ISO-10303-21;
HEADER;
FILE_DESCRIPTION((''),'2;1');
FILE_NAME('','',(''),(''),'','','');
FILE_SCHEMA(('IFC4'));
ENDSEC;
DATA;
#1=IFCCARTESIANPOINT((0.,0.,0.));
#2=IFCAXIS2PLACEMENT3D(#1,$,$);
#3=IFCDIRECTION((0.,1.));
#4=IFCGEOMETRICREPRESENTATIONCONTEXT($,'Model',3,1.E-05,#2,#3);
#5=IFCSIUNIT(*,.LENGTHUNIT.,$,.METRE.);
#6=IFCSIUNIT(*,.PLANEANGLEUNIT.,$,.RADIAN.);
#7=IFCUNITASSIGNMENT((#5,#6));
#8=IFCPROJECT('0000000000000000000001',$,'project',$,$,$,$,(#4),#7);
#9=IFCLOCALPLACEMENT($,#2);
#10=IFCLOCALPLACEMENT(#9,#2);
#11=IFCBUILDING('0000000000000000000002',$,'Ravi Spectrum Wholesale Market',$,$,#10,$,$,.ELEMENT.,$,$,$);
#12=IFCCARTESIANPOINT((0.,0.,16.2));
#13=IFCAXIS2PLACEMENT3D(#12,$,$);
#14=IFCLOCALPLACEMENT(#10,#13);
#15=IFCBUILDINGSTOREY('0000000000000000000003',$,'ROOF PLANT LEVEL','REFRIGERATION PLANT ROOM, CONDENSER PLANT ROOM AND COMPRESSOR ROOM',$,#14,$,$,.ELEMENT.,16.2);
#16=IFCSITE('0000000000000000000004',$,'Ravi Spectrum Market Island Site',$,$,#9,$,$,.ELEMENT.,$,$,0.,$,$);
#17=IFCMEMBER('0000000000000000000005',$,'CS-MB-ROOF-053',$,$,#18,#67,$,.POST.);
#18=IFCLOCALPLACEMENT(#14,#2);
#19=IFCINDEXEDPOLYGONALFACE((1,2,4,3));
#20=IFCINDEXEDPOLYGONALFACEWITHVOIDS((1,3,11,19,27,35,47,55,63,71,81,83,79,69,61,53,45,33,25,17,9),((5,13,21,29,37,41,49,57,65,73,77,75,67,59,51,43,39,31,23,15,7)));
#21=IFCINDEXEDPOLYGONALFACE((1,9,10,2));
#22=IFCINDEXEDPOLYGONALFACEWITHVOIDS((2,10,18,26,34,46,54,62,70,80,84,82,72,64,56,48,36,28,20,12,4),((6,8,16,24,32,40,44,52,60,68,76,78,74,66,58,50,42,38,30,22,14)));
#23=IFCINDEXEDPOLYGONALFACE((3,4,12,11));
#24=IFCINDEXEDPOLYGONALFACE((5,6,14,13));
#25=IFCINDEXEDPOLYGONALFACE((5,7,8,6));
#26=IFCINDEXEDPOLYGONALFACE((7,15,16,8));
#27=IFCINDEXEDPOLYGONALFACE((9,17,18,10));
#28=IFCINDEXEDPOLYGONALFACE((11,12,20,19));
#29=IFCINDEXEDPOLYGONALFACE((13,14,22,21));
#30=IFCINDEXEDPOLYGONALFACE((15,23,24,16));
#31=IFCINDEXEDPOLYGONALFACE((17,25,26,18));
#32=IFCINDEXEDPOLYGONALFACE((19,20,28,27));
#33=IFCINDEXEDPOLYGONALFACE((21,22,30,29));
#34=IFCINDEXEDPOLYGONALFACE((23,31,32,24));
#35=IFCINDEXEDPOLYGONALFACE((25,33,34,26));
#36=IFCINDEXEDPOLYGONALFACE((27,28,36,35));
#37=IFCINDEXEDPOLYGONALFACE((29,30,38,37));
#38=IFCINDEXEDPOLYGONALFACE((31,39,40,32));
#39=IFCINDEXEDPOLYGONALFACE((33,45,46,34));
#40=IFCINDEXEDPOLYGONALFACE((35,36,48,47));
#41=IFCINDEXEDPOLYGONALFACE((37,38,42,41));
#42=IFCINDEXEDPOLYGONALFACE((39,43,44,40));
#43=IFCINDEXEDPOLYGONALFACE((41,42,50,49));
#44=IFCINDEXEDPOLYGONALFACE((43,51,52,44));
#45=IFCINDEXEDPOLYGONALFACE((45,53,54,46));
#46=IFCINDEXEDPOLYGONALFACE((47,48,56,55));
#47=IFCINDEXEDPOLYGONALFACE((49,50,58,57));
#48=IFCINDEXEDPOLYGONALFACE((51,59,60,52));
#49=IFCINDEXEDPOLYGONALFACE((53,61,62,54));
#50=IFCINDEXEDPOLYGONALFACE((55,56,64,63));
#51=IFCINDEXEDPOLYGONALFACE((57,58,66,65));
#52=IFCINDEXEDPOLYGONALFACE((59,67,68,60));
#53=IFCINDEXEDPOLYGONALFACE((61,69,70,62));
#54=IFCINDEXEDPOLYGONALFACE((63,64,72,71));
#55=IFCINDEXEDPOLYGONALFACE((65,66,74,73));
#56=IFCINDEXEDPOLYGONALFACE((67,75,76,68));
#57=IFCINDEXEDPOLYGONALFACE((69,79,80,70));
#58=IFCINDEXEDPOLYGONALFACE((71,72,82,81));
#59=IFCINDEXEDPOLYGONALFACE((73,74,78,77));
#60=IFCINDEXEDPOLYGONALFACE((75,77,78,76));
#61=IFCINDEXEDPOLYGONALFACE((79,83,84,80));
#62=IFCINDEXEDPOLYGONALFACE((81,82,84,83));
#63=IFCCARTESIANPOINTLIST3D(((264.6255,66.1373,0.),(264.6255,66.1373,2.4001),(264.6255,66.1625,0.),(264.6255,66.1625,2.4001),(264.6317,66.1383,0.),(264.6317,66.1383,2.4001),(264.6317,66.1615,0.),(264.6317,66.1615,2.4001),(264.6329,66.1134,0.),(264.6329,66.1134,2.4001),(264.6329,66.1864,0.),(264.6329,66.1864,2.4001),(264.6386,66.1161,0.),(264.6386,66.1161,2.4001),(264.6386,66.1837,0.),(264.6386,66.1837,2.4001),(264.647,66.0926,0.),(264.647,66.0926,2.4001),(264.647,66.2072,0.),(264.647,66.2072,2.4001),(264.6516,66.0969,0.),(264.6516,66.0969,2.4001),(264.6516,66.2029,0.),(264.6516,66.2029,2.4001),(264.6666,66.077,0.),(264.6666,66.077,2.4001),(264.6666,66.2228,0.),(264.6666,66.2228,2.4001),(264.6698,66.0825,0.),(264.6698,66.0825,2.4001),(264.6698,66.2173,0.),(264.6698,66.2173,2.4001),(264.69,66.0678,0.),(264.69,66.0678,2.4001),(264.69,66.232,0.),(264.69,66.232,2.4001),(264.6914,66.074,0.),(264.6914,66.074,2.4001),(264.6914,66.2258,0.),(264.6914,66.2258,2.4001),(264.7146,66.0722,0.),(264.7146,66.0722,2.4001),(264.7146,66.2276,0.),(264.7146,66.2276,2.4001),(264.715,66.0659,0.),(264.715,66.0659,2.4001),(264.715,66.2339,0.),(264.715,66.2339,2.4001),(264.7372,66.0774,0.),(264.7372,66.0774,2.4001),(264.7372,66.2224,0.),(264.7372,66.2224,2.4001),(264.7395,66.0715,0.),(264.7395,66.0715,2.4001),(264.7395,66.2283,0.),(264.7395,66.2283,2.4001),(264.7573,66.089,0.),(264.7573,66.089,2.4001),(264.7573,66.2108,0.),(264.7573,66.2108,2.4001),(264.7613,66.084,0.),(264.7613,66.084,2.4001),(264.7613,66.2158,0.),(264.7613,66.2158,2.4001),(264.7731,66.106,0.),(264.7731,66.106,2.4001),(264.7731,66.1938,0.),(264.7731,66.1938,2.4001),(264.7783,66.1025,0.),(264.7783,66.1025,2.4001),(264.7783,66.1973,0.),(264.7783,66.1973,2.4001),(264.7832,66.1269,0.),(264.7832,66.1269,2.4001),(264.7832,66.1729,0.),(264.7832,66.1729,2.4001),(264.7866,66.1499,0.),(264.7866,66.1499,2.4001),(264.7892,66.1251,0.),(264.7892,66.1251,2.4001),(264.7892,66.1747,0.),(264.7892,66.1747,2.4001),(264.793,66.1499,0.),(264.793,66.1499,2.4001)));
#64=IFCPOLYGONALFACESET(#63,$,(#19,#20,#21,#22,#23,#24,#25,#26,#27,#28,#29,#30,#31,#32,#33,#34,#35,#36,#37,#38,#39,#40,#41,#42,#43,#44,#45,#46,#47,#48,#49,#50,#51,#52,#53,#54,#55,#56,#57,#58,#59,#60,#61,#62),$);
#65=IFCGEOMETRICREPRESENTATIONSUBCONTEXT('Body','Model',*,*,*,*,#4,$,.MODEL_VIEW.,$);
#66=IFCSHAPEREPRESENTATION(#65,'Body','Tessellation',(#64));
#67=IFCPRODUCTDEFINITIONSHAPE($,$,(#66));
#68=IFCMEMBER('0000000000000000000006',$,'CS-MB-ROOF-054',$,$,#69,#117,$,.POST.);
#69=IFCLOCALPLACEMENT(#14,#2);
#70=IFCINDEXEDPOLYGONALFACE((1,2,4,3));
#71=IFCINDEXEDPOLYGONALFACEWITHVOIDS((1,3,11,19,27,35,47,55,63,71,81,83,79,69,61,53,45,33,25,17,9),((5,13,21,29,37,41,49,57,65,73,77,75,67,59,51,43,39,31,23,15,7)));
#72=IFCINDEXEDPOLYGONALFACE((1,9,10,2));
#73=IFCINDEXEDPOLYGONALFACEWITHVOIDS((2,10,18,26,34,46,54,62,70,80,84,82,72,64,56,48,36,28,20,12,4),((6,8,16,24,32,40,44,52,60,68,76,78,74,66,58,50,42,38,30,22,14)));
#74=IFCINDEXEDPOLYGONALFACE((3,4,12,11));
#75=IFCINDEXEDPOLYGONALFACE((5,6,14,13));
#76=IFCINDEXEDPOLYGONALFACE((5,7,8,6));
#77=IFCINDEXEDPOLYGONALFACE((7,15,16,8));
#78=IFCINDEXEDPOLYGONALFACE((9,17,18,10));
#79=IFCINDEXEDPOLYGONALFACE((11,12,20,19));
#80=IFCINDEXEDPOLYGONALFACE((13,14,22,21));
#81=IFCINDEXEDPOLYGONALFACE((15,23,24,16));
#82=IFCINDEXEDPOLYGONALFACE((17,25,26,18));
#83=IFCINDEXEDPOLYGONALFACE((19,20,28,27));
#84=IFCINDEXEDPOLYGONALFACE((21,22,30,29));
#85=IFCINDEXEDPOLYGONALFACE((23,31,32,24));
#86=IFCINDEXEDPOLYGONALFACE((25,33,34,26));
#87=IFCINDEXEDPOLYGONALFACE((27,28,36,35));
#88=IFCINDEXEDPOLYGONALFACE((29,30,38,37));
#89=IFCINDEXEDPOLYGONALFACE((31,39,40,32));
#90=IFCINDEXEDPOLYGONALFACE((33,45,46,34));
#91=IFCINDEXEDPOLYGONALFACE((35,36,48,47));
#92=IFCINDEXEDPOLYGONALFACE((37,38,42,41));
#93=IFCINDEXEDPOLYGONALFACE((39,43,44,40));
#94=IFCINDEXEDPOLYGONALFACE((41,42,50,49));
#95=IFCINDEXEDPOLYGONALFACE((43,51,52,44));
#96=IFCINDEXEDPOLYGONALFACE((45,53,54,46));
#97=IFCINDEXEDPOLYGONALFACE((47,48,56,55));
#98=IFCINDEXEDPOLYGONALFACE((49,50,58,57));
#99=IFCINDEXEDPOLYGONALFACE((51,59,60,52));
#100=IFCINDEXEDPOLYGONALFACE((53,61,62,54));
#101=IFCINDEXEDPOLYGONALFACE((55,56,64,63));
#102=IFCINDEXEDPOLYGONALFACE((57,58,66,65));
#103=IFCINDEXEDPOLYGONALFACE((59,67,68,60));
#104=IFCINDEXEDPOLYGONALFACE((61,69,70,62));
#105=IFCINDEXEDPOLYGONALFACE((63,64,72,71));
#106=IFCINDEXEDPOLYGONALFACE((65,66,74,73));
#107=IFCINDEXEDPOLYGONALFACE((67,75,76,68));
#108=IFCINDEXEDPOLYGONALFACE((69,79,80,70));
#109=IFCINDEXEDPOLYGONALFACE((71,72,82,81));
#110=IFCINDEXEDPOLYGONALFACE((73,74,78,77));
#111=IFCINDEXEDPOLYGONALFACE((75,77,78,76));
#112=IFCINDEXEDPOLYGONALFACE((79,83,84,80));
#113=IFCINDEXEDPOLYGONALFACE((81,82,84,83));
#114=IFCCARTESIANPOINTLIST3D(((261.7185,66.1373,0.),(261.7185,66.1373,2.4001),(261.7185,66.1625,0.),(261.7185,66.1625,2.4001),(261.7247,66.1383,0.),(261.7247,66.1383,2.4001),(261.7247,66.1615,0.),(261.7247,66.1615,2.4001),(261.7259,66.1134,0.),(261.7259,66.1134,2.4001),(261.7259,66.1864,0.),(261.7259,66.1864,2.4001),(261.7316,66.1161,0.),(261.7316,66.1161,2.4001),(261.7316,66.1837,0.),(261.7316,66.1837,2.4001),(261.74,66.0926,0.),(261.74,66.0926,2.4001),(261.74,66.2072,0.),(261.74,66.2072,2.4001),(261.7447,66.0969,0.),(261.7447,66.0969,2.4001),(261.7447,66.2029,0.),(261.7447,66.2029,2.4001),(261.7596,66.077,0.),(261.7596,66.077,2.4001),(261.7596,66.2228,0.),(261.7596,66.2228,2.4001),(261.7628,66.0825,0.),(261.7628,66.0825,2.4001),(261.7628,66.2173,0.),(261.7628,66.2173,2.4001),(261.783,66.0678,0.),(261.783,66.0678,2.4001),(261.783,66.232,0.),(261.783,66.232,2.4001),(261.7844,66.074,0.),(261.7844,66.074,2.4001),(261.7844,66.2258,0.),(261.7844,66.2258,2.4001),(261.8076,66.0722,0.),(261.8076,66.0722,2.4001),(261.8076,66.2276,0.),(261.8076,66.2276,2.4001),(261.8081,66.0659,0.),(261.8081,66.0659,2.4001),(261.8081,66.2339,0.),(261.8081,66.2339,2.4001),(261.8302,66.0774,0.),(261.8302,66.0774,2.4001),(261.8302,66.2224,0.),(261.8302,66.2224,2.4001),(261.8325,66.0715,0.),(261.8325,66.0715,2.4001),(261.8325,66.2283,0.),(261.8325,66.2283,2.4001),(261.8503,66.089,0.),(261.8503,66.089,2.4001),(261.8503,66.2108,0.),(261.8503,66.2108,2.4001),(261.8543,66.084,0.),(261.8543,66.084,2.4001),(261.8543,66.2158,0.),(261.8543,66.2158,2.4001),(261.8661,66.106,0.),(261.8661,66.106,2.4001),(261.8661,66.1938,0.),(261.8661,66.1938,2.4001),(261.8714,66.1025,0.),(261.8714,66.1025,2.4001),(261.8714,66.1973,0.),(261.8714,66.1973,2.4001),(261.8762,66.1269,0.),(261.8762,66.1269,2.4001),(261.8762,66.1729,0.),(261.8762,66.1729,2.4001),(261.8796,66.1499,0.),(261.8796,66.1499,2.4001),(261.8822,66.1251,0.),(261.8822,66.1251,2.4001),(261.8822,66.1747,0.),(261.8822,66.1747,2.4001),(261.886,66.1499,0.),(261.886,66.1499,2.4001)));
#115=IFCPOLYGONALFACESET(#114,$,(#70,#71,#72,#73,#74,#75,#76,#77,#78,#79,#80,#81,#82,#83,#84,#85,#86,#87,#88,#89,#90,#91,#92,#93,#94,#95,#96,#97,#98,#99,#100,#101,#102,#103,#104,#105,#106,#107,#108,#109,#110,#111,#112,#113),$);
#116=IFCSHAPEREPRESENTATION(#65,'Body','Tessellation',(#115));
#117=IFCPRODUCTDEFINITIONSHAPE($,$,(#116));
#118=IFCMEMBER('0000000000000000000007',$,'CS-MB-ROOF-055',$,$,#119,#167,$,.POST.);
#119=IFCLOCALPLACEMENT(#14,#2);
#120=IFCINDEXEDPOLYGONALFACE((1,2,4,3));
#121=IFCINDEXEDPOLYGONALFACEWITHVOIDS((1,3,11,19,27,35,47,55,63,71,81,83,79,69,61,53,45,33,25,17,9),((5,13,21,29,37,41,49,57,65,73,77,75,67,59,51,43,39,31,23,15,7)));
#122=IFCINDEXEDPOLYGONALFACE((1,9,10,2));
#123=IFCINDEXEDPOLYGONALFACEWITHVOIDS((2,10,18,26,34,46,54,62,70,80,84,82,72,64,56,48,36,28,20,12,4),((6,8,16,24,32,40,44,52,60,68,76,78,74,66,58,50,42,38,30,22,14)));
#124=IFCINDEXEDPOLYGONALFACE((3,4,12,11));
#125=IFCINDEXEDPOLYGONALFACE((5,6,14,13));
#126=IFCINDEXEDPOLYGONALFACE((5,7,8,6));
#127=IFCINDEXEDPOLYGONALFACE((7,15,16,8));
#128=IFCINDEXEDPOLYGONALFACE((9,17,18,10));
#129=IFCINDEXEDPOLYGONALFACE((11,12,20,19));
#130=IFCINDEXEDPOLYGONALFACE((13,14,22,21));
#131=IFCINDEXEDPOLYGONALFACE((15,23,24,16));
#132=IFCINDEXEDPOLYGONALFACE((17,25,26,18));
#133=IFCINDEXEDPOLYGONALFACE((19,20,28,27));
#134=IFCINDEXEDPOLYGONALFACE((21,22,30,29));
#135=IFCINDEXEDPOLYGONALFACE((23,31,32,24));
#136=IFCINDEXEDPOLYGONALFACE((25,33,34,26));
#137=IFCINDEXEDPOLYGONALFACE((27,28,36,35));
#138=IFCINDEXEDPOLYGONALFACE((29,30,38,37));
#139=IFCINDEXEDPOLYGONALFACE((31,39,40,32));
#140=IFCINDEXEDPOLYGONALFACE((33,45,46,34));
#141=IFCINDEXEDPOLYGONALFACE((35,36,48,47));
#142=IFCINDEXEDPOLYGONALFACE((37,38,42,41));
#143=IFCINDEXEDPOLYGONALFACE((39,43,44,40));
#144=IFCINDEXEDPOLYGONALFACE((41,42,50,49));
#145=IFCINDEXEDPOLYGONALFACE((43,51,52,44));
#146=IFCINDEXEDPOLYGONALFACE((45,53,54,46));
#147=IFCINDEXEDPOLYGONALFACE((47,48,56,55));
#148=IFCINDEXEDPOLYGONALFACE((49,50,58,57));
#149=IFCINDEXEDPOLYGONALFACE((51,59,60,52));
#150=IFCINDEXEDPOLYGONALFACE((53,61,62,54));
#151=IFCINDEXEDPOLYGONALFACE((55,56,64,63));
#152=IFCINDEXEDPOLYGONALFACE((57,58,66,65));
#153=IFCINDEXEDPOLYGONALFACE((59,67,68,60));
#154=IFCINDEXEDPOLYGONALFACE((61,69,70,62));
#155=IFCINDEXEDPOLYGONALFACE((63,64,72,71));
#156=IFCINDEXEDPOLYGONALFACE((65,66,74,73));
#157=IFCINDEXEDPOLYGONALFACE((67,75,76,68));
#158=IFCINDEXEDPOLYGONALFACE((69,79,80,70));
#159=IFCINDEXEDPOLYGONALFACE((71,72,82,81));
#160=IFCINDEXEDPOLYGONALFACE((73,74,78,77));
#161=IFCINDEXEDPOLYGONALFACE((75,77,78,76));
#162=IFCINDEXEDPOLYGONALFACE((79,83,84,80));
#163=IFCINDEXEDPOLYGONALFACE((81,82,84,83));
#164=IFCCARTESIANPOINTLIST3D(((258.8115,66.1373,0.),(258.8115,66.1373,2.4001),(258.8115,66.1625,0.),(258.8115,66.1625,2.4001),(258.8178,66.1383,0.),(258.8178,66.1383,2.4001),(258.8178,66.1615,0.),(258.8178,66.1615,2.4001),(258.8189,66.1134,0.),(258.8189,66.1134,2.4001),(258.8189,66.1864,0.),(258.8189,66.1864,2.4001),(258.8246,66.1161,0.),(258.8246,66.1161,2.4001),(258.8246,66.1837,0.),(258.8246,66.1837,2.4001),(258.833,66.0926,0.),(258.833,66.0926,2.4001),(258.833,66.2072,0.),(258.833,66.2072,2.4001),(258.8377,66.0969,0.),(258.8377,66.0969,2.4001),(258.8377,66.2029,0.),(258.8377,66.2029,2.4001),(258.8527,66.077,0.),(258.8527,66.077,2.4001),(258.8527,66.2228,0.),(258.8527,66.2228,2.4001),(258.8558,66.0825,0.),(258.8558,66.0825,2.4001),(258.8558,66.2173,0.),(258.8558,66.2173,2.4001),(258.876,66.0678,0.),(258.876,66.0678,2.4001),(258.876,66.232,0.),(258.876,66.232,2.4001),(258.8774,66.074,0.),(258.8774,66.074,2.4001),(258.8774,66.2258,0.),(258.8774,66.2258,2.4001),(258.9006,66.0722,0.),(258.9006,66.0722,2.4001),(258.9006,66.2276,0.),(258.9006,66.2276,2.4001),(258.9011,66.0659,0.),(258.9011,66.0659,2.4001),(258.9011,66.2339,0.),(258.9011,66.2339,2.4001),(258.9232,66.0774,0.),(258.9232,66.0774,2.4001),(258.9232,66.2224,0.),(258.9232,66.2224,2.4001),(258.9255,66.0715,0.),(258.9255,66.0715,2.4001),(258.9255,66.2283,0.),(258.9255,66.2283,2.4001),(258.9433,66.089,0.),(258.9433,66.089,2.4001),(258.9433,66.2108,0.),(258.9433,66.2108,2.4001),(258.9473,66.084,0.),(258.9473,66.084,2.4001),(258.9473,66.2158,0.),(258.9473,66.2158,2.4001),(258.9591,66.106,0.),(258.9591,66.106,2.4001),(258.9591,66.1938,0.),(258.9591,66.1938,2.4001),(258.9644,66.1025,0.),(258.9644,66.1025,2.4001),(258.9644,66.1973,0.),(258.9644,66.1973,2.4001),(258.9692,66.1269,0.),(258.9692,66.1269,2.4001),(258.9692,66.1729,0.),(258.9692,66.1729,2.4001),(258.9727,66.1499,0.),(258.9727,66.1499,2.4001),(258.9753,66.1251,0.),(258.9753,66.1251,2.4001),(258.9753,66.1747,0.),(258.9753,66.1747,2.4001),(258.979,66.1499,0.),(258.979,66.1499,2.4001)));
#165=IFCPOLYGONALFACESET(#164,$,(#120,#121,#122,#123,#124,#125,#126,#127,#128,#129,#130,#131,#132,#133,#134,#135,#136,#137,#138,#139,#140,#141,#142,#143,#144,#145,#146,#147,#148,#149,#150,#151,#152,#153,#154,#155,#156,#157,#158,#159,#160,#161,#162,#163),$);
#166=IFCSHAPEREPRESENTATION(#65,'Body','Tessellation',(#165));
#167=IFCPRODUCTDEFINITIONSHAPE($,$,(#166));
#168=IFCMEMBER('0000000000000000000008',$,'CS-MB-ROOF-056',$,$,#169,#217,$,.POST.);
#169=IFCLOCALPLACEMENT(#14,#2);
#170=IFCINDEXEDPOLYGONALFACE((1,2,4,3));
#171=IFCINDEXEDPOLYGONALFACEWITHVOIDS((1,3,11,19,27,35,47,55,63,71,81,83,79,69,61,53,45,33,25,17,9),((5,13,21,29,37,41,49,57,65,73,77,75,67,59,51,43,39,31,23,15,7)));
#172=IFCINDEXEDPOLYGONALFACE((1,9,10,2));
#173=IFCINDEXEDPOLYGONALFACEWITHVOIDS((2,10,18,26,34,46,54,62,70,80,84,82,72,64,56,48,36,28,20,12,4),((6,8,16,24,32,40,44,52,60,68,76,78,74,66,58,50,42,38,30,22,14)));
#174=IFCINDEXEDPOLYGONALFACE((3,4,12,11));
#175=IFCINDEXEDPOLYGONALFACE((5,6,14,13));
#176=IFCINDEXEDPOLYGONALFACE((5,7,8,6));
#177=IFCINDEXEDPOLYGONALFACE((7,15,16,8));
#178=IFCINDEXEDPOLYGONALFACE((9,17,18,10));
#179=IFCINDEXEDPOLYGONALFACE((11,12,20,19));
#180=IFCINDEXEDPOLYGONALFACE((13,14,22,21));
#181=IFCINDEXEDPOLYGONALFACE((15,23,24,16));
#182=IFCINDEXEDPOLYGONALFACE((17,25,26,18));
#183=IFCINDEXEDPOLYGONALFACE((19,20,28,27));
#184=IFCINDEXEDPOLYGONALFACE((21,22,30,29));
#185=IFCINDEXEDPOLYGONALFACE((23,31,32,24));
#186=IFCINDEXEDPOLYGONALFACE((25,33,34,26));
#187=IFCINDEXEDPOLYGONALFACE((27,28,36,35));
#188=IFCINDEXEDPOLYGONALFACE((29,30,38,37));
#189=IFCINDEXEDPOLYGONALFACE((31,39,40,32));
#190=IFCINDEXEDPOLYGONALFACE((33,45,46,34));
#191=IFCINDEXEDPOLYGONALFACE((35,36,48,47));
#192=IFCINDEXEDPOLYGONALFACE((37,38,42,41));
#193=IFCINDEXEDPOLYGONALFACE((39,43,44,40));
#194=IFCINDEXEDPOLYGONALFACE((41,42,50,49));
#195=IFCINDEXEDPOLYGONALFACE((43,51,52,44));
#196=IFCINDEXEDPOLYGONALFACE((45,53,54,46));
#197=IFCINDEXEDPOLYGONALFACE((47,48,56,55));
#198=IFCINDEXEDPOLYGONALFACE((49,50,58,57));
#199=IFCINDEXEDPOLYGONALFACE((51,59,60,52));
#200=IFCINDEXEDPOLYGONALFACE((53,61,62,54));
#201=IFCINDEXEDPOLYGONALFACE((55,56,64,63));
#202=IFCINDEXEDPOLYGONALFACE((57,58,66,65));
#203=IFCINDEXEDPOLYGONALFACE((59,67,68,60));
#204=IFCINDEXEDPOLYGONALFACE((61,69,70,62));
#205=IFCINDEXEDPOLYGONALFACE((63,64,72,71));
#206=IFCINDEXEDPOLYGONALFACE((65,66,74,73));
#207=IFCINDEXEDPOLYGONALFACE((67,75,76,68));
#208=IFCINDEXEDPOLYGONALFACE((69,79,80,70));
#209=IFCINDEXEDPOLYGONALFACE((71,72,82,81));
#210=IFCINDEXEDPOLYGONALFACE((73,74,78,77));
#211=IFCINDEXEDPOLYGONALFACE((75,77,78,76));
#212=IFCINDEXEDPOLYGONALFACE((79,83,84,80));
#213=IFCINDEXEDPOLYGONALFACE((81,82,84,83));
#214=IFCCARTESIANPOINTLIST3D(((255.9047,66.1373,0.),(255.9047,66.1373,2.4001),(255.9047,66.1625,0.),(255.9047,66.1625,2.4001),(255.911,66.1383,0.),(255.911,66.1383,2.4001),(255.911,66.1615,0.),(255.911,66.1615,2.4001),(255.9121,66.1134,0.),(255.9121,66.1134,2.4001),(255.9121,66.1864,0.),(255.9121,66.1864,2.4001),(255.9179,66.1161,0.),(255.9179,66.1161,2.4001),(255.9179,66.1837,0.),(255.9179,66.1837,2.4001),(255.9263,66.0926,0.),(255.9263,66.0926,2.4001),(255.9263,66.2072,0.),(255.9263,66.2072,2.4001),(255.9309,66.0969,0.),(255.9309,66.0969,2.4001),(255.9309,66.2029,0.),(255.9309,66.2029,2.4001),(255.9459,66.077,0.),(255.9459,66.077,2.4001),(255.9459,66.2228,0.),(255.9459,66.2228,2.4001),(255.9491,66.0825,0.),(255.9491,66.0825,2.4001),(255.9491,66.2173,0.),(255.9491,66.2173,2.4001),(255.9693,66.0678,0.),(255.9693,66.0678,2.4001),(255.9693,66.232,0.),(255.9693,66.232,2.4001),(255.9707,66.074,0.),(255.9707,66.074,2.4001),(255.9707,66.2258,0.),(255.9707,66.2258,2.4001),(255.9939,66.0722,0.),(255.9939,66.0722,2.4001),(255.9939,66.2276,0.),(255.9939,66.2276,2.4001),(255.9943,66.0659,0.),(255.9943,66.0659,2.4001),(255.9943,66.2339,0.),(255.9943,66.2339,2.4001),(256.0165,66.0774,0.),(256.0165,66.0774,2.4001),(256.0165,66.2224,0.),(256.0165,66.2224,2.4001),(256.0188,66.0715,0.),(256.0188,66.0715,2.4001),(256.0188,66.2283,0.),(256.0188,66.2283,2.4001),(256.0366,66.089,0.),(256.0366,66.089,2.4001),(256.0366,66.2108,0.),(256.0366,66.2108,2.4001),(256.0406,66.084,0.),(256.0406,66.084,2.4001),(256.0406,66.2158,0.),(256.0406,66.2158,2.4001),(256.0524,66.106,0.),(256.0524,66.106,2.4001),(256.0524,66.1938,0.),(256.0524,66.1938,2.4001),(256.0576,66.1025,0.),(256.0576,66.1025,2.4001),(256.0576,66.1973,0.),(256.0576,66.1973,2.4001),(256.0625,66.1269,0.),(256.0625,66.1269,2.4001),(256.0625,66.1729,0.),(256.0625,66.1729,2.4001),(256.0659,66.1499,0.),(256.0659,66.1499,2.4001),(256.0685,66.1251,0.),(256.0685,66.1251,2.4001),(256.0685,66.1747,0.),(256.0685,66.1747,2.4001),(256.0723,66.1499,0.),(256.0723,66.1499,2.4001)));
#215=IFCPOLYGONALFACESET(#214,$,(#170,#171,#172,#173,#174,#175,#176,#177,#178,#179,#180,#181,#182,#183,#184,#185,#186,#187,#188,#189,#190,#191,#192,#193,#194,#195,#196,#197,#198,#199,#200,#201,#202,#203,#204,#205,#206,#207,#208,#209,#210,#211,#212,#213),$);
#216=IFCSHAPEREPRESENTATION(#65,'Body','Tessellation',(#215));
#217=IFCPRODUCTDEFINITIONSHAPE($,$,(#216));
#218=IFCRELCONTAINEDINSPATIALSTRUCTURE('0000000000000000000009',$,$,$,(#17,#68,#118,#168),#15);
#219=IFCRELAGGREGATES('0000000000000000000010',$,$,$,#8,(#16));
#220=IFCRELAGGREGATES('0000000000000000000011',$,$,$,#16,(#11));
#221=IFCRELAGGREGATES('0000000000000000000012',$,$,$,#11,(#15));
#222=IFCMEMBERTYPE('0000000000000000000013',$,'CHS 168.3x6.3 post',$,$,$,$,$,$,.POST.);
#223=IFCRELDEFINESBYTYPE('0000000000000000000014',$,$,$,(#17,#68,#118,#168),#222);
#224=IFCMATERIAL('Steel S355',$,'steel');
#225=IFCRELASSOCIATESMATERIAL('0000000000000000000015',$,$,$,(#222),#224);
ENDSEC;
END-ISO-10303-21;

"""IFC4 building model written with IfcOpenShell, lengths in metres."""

from ifc_helpers import new_model, si_unit, direction, frame, origin, origin_2d, place, context, subcontext, project, spatial, hollow_circle, extrude, material, material_profile, profile_set, type_object, element, save


model = new_model("IFC4")

# Units and contexts
model_context = context("Model", 3, precision=1e-05, world=origin(), true_north=direction((0.0, 1.0)))
body_context = subcontext(model_context, "Body", "Model", "MODEL_VIEW")
ifc_project = project(units=[si_unit("LENGTHUNIT", "METRE"), si_unit("PLANEANGLEUNIT", "RADIAN")], contexts=[model_context])

# Site, building, storey
site_placement = place(None, origin())
site = spatial("IfcSite", under=ifc_project, at=site_placement, Name="Ravi Spectrum Market Island Site", CompositionType="ELEMENT", RefElevation=0.0)
building_placement = place(site_placement, origin())
building = spatial("IfcBuilding", under=site, at=building_placement, Name="Ravi Spectrum Wholesale Market", CompositionType="ELEMENT")
storey_placement = place(building_placement, frame((0.0, 0.0, 16.2)))
storey = spatial("IfcBuildingStorey", under=building, at=storey_placement, Name="ROOF PLANT LEVEL", Description="REFRIGERATION PLANT ROOM, CONDENSER PLANT ROOM AND COMPRESSOR ROOM", CompositionType="ELEMENT", Elevation=16.2)

# Members
ifc_material_1 = material(Name="Steel S355", Category="steel")
ifc_material_profile_1 = material_profile(ifc_material_1, hollow_circle(Radius=0.0842, WallThickness=0.0063, at=origin_2d()))
ifc_profile_set_1 = profile_set([ifc_material_profile_1], Name="Steel S355")
member_type_1 = type_object("IfcMemberType", Name="CHS 168.3x6.3 post", PredefinedType="POST", material=ifc_profile_set_1)
for number, where, z_axis, x_axis, name in (
    (1, (264.7087, 66.1499, 0.0), (0.0, 0.0, 1.0), (1.0, 0.0, 0.0), "CS-MB-ROOF-053"),
    (2, (261.8018, 66.1499, 0.0), (0.0, 0.0, 1.0), (1.0, 0.0, 0.0), "CS-MB-ROOF-054"),
    (3, (258.8948, 66.1499, 0.0), (0.0, 0.0, 1.0), (1.0, 0.0, 0.0), "CS-MB-ROOF-055"),
    (4, (255.988, 66.1499, 0.0), (0.0, 0.0, 1.0), (1.0, 0.0, 0.0), "CS-MB-ROOF-056"),
):
    element("IfcMember", number, at=place(storey_placement, frame(where, z_axis=z_axis, x_axis=x_axis)), inside=storey, type_object=member_type_1, Name=name, PredefinedType="POST", context=body_context, shape_type="SweptSolid", body=[
        extrude(hollow_circle(Radius=0.0842, WallThickness=0.0063, at=origin_2d()), origin(), (0.0, 0.0, 1.0), 2.4001),
    ])

save(model, "model.ifc")
